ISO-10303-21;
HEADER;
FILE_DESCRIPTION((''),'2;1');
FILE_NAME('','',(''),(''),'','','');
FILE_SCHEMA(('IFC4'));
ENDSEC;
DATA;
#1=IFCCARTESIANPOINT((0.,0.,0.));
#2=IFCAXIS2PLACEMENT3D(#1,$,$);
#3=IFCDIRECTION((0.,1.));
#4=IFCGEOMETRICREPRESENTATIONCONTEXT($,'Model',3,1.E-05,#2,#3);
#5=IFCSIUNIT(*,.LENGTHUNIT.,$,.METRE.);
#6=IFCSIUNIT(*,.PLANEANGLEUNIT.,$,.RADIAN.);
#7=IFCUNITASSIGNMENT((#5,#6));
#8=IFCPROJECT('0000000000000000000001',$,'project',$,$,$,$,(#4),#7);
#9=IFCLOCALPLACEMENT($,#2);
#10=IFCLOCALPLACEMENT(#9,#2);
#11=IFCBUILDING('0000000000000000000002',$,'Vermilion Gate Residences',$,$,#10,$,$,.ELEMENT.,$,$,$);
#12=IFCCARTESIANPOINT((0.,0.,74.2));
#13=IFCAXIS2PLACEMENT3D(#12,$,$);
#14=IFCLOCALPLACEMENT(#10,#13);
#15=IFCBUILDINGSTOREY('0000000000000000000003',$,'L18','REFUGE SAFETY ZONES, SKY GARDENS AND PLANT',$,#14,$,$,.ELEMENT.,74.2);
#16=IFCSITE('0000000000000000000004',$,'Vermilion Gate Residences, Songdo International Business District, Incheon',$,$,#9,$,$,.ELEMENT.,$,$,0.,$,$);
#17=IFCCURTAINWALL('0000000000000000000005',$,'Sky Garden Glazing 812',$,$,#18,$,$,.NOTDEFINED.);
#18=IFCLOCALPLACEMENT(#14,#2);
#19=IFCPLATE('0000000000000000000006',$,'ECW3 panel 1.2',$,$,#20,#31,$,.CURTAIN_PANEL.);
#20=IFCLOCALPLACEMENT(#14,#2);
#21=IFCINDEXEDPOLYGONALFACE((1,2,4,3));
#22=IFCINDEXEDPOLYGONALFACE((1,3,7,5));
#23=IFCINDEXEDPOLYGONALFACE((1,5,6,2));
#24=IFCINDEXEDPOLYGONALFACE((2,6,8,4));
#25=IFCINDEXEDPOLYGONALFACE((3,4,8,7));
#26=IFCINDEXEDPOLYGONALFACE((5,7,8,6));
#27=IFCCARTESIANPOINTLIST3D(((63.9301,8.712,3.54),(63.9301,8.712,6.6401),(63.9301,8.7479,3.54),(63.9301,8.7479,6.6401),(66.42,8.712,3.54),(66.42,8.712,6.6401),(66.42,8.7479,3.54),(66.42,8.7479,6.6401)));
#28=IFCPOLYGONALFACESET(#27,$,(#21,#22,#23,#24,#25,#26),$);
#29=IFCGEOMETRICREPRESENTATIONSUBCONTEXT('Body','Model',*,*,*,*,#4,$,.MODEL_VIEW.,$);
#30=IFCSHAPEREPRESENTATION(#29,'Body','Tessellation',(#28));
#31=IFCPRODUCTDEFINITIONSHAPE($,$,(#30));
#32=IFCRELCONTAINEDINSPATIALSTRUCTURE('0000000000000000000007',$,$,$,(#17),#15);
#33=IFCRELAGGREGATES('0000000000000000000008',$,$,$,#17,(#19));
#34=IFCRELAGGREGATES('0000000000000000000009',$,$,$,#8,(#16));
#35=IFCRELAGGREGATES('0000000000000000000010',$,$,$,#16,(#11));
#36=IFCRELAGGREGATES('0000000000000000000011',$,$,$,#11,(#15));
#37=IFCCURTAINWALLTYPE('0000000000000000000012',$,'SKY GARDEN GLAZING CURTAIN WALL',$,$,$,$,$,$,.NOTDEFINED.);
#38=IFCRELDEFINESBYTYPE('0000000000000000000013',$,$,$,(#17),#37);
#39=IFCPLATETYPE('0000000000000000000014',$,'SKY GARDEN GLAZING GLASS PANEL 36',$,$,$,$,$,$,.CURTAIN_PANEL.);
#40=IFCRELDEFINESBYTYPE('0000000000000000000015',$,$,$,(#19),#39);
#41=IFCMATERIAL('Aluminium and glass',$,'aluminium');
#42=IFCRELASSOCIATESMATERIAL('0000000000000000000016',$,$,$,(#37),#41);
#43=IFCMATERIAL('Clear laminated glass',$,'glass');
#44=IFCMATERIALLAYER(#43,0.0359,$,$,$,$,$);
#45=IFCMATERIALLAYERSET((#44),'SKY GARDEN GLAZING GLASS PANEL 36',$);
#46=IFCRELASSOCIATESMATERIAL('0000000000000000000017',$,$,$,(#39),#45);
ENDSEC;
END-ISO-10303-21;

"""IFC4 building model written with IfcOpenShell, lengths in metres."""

from ifc_helpers import new_model, si_unit, direction, frame, origin, origin_2d, place, context, subcontext, project, spatial, rectangle, extrude, material, layer, layer_set, type_object, element, aggregate, save


model = new_model("IFC4")

# Units and contexts
model_context = context("Model", 3, precision=1e-05, world=origin(), true_north=direction((0.0, 1.0)))
body_context = subcontext(model_context, "Body", "Model", "MODEL_VIEW")
ifc_project = project(units=[si_unit("LENGTHUNIT", "METRE"), si_unit("PLANEANGLEUNIT", "RADIAN")], contexts=[model_context])

# Site, building, storey
site_placement = place(None, origin())
site = spatial("IfcSite", under=ifc_project, at=site_placement, Name="Vermilion Gate Residences, Songdo International Business District, Incheon", CompositionType="ELEMENT", RefElevation=0.0)
building_placement = place(site_placement, origin())
building = spatial("IfcBuilding", under=site, at=building_placement, Name="Vermilion Gate Residences", CompositionType="ELEMENT")
storey_placement = place(building_placement, frame((0.0, 0.0, 74.2)))
storey = spatial("IfcBuildingStorey", under=building, at=storey_placement, Name="L18", Description="REFUGE SAFETY ZONES, SKY GARDENS AND PLANT", CompositionType="ELEMENT", Elevation=74.2)

# Curtain wall
ifc_material_1 = material(Name="Aluminium and glass", Category="aluminium")
curtain_wall_type = type_object("IfcCurtainWallType", Name="SKY GARDEN GLAZING CURTAIN WALL", PredefinedType="NOTDEFINED", material=ifc_material_1)
curtain_wall_1_placement = place(storey_placement, origin())
curtain_wall_1 = element("IfcCurtainWall", 1, at=curtain_wall_1_placement, inside=storey, type_object=curtain_wall_type, Name="Sky Garden Glazing 812", PredefinedType="NOTDEFINED")

# Plate
ifc_material_2 = material(Name="Clear laminated glass", Category="glass")
ifc_layer = layer(ifc_material_2, 0.0359)
ifc_layer_set = layer_set([ifc_layer], Name="SKY GARDEN GLAZING GLASS PANEL 36")
plate_type = type_object("IfcPlateType", Name="SKY GARDEN GLAZING GLASS PANEL 36", PredefinedType="CURTAIN_PANEL", material=ifc_layer_set)
plate_1_placement = place(storey_placement, frame((65.175, 8.73, 3.54), z_axis=(0.0, 0.0, 1.0), x_axis=(1.0, 0.0, 0.0)))
plate_1 = element("IfcPlate", 2, at=plate_1_placement, type_object=plate_type, Name="ECW3 panel 1.2", PredefinedType="CURTAIN_PANEL", context=body_context, shape_type="SweptSolid", body=[
    extrude(rectangle(XDim=2.49, YDim=0.0359, at=origin_2d()), origin(), (0.0, 0.0, 1.0), 3.1001),
])
aggregate(curtain_wall_1, [plate_1])

save(model, "model.ifc")
